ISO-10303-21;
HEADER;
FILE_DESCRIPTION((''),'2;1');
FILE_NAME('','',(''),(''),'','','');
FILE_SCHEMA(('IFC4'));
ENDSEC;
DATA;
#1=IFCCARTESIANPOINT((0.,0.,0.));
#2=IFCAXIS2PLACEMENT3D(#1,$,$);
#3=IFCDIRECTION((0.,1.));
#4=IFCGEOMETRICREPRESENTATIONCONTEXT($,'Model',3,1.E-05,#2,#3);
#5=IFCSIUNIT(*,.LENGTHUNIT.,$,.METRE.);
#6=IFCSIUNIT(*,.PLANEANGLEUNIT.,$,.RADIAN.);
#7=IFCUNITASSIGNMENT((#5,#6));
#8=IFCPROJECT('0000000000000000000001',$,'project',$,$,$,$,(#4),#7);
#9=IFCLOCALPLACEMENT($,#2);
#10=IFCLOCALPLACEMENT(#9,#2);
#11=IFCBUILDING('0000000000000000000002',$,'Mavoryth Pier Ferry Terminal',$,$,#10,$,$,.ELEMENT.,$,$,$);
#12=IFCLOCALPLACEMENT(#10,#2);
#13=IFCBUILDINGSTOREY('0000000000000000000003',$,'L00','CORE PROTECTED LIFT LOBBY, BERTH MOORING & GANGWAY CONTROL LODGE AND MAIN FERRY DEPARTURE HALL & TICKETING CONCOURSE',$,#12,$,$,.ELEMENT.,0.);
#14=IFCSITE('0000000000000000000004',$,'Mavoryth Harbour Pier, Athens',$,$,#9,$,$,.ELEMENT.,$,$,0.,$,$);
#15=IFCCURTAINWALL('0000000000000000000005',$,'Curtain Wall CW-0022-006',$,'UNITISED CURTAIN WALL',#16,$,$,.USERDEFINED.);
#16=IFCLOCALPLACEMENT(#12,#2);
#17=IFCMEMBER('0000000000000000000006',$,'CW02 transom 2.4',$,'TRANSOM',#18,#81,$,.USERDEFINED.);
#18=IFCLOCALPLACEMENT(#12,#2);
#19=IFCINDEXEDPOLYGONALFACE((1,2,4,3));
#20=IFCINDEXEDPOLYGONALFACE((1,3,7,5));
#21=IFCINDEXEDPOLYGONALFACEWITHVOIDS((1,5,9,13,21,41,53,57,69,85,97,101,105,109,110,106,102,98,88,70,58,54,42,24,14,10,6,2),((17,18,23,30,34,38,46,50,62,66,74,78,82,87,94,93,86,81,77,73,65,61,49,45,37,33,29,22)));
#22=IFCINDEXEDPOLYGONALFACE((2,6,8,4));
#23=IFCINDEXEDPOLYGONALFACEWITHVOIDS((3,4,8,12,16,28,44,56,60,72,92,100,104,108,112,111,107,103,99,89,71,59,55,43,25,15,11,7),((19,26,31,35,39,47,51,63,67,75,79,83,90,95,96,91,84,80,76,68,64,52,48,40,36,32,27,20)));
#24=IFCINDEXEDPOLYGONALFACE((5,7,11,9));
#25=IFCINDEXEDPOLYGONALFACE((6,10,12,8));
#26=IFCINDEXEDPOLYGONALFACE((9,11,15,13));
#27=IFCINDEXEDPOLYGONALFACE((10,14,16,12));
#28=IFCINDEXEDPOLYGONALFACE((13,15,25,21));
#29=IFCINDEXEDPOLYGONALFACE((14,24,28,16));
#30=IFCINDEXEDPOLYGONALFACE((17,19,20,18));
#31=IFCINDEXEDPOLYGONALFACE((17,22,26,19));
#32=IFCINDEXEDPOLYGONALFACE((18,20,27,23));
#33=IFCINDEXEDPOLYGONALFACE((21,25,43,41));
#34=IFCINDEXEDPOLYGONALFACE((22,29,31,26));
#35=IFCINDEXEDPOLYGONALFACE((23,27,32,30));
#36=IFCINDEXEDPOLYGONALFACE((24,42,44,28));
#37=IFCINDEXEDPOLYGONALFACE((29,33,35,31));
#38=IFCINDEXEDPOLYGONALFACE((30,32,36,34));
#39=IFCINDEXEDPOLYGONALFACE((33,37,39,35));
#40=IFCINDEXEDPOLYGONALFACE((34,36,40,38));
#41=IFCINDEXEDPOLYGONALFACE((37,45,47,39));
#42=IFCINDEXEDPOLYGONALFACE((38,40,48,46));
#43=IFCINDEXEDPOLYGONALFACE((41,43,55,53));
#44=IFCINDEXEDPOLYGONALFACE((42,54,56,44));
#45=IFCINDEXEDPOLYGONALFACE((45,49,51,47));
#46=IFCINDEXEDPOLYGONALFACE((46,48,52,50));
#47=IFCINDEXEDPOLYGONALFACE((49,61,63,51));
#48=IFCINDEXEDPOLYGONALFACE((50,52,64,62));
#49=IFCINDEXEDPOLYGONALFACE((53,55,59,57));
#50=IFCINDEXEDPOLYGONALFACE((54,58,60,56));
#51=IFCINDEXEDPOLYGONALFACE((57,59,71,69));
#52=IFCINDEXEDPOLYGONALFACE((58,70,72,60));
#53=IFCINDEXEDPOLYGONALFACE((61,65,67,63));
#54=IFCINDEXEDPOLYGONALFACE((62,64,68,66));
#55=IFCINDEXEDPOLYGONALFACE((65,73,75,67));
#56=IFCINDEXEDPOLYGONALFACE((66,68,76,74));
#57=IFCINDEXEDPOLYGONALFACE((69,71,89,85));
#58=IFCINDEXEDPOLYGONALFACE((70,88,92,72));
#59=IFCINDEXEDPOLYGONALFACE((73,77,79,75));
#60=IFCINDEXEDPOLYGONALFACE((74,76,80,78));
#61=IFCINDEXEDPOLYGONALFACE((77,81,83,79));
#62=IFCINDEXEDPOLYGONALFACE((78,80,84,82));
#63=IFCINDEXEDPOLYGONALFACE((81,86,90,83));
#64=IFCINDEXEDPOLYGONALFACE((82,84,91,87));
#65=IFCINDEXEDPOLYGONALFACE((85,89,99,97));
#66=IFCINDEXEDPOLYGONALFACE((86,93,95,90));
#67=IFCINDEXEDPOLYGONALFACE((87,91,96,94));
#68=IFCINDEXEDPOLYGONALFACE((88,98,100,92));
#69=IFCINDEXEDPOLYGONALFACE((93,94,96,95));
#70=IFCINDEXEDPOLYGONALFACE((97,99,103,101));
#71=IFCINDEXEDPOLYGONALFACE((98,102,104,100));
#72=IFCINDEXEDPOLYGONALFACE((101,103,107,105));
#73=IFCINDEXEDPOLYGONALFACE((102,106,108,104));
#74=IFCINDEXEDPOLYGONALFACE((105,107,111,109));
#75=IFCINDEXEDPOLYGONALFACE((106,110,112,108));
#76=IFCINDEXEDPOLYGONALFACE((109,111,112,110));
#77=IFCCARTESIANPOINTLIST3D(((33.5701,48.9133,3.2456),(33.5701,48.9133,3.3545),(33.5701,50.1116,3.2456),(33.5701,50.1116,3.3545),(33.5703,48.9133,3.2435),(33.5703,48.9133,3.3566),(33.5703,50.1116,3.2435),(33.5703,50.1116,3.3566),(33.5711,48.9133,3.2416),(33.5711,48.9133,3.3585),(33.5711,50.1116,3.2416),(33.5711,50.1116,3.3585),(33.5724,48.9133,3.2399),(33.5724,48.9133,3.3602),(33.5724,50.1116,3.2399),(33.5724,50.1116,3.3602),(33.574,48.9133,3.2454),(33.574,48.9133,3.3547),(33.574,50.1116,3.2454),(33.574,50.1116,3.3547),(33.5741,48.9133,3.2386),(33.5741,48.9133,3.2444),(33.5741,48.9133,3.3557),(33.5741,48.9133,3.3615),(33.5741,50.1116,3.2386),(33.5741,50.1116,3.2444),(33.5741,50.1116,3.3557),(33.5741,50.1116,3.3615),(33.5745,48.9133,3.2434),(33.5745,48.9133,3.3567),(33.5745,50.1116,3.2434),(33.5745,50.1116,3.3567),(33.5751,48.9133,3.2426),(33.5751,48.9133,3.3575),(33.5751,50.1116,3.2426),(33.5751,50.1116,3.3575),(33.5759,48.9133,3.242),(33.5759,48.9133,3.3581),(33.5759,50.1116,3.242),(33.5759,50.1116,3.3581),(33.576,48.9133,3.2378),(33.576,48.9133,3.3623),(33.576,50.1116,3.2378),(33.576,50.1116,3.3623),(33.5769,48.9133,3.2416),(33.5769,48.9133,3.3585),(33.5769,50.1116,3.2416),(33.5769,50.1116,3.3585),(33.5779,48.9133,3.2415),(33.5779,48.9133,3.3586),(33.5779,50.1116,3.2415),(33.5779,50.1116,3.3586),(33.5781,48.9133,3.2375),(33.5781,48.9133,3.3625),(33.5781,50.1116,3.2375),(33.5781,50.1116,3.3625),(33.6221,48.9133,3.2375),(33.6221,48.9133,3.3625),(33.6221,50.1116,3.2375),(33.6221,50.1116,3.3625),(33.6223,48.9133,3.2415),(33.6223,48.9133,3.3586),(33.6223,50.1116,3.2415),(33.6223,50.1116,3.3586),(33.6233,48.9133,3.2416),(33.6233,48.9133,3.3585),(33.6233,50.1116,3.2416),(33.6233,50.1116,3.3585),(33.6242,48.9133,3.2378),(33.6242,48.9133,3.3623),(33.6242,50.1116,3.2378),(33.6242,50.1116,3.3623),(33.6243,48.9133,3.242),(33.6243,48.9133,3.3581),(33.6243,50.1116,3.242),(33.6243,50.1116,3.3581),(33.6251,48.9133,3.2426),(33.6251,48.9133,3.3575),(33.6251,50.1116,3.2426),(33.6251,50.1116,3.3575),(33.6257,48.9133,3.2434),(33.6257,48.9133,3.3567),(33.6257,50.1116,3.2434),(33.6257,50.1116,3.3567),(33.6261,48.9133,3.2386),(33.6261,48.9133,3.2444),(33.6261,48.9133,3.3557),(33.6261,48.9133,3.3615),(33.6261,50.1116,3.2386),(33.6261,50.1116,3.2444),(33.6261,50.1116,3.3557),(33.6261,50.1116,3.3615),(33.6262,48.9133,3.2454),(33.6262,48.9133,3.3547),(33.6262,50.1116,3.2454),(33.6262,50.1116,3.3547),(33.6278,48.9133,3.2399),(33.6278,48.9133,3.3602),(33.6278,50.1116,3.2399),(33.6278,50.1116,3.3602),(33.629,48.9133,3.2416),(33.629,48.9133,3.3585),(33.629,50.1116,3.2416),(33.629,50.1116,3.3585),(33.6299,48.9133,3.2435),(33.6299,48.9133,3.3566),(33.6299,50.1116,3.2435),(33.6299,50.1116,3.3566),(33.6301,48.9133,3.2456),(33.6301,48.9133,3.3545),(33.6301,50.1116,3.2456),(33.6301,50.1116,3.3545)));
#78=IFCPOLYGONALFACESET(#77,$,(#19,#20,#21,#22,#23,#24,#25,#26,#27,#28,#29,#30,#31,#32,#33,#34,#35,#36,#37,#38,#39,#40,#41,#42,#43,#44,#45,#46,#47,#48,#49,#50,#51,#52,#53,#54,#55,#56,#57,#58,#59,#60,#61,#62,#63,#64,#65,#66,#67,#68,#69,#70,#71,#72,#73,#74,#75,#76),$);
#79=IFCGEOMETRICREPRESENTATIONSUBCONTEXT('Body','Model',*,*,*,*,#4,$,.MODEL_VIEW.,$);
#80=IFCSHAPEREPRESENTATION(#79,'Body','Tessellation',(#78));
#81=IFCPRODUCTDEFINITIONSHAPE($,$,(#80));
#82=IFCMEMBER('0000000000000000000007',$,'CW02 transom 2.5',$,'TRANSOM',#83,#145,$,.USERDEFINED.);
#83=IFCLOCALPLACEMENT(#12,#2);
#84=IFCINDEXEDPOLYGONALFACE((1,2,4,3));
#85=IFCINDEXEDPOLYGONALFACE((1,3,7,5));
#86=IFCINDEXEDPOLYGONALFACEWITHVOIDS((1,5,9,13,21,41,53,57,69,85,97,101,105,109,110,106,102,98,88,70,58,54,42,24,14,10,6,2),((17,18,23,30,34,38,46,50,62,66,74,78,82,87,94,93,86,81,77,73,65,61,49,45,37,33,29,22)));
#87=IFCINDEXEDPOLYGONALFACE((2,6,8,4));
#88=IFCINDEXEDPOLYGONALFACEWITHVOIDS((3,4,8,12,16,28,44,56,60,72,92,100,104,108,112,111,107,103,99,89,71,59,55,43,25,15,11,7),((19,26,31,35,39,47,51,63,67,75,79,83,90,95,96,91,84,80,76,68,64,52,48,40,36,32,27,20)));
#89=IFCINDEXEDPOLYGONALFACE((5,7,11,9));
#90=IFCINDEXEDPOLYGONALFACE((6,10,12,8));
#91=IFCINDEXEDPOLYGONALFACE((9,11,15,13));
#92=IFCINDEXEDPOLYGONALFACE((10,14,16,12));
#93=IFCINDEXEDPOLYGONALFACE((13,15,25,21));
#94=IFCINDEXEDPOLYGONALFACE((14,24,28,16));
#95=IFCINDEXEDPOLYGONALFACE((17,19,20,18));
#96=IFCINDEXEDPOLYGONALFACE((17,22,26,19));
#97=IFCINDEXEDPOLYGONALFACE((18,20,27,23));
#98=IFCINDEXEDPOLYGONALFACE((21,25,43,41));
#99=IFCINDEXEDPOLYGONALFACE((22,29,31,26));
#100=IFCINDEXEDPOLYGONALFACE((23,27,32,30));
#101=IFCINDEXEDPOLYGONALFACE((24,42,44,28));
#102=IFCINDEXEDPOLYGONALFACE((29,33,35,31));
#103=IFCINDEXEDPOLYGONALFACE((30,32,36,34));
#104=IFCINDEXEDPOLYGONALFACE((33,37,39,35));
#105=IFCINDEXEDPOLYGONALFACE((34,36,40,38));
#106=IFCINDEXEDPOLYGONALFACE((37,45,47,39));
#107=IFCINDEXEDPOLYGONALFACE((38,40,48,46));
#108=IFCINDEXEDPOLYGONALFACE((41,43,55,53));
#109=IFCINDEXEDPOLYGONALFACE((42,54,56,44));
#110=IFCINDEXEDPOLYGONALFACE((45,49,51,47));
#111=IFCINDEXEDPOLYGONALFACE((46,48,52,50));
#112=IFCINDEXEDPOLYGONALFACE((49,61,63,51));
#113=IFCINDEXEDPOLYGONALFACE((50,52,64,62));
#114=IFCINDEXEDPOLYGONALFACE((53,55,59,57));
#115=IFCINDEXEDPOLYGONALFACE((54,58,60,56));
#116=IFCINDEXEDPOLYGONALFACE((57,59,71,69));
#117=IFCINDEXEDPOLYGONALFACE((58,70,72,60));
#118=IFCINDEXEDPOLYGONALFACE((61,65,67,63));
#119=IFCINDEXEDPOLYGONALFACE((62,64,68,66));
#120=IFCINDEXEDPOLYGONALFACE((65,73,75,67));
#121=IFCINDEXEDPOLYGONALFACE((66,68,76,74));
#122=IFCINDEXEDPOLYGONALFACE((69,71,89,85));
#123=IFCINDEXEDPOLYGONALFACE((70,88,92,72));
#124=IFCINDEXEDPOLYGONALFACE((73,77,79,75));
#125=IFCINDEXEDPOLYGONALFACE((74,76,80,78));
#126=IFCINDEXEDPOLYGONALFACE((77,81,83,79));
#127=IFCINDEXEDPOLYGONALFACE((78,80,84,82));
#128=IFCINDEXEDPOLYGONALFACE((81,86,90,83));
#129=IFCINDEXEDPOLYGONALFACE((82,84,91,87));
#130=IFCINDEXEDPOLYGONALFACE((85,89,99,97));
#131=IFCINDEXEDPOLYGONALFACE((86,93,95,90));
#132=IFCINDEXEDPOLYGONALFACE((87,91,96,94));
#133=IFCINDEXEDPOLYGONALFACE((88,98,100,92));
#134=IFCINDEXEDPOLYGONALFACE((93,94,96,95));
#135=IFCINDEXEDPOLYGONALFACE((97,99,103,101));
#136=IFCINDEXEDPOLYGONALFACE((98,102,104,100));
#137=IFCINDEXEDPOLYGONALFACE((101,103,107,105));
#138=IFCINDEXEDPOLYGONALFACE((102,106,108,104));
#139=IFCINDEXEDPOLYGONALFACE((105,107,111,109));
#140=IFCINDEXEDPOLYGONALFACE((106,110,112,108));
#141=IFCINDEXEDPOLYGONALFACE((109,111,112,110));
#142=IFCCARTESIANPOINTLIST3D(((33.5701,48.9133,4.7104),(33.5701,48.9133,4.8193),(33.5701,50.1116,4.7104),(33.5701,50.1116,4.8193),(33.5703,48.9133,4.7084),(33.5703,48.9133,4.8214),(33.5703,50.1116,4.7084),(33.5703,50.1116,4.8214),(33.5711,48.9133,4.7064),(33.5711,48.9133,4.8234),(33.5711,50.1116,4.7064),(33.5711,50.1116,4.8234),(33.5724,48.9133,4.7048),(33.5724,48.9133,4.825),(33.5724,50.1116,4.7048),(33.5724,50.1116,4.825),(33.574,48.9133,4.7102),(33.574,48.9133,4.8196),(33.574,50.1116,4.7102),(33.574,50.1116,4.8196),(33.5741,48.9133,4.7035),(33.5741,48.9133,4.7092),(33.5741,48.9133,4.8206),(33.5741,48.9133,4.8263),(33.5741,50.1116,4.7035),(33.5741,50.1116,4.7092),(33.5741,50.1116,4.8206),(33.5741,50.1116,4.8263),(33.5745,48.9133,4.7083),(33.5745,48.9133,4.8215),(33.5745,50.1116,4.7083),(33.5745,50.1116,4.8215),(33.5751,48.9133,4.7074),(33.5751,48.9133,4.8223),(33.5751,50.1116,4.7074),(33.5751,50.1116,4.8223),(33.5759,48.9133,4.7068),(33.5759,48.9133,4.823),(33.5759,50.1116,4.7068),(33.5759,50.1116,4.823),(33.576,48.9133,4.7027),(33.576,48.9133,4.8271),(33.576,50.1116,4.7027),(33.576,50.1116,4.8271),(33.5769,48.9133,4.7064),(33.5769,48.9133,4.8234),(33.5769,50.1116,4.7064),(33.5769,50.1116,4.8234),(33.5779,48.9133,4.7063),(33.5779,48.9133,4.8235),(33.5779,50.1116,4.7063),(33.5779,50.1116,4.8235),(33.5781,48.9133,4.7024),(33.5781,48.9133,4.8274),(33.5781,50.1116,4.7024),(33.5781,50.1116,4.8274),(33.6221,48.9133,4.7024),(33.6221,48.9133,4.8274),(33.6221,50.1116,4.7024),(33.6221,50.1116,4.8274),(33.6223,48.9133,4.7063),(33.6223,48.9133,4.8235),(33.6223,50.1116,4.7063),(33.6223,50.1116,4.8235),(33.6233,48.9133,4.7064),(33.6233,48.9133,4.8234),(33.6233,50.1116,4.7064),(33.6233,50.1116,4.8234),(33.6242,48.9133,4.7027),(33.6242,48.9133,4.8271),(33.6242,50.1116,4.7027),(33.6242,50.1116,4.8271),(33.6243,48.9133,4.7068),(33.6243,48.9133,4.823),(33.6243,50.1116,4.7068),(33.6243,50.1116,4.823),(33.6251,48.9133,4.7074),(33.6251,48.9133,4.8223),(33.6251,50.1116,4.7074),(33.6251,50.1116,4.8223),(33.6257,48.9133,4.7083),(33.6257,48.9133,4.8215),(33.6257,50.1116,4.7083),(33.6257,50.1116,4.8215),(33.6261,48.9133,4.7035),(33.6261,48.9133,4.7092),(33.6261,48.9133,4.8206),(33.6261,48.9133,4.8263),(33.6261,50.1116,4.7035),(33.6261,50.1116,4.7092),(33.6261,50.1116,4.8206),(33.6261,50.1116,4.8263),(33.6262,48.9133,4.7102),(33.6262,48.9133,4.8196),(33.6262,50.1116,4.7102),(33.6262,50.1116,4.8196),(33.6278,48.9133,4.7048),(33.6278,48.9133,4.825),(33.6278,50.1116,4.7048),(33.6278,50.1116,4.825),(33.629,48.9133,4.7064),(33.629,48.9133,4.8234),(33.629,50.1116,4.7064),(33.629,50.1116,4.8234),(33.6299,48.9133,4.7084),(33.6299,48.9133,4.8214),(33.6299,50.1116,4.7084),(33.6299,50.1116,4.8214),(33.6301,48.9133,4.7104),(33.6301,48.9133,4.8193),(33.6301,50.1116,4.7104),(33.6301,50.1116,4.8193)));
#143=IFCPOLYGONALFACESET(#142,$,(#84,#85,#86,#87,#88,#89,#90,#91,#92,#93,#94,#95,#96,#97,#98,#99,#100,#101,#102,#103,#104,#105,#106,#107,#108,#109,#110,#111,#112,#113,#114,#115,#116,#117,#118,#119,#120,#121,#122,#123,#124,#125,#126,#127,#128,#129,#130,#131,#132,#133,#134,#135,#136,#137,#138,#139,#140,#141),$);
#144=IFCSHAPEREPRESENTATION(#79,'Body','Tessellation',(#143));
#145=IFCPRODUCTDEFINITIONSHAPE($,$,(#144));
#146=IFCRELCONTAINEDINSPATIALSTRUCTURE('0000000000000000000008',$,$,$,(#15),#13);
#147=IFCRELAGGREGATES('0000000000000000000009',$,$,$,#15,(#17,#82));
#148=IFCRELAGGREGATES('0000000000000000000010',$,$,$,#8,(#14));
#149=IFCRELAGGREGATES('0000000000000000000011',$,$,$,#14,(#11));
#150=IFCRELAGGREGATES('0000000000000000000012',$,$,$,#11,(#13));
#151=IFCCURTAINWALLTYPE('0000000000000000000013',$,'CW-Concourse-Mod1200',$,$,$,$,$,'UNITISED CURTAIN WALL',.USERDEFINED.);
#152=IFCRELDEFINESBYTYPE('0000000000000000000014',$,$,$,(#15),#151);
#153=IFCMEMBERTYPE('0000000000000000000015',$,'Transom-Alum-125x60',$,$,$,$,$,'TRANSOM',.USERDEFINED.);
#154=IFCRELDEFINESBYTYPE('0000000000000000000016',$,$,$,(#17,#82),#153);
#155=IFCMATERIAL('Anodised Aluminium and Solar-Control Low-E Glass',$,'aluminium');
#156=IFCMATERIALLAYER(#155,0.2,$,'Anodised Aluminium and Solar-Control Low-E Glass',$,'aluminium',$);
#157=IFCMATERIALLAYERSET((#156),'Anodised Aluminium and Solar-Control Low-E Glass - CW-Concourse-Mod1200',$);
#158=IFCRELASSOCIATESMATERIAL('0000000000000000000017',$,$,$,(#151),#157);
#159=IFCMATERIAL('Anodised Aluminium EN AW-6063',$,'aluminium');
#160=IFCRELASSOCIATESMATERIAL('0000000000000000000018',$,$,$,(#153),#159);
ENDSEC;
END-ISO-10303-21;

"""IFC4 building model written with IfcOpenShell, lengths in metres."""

from ifc_helpers import new_model, si_unit, direction, frame, origin, origin_2d, place, context, subcontext, project, spatial, hollow_rectangle, extrude, material, layer, layer_set, material_profile, profile_set, type_object, element, aggregate, save


model = new_model("IFC4")

# Units and contexts
model_context = context("Model", 3, precision=1e-05, world=origin(), true_north=direction((0.0, 1.0)))
body_context = subcontext(model_context, "Body", "Model", "MODEL_VIEW")
ifc_project = project(units=[si_unit("LENGTHUNIT", "METRE"), si_unit("PLANEANGLEUNIT", "RADIAN")], contexts=[model_context])

# Site, building, storey
site_placement = place(None, origin())
site = spatial("IfcSite", under=ifc_project, at=site_placement, Name="Mavoryth Harbour Pier, Athens", CompositionType="ELEMENT", RefElevation=0.0)
building_placement = place(site_placement, origin())
building = spatial("IfcBuilding", under=site, at=building_placement, Name="Mavoryth Pier Ferry Terminal", CompositionType="ELEMENT")
storey_placement = place(building_placement, origin())
storey = spatial("IfcBuildingStorey", under=building, at=storey_placement, Name="L00", Description="CORE PROTECTED LIFT LOBBY, BERTH MOORING & GANGWAY CONTROL LODGE AND MAIN FERRY DEPARTURE HALL & TICKETING CONCOURSE", CompositionType="ELEMENT", Elevation=0.0)

# Curtain wall, members
ifc_material_1 = material(Name="Anodised Aluminium and Solar-Control Low-E Glass", Category="aluminium")
ifc_layer_1 = layer(ifc_material_1, 0.2, Name="Anodised Aluminium and Solar-Control Low-E Glass", Category="aluminium")
ifc_layer_set_1 = layer_set([ifc_layer_1], Name="Anodised Aluminium and Solar-Control Low-E Glass - CW-Concourse-Mod1200")
curtain_wall_type = type_object("IfcCurtainWallType", Name="CW-Concourse-Mod1200", ElementType="UNITISED CURTAIN WALL", PredefinedType="USERDEFINED", material=ifc_layer_set_1)
curtain_wall_placement = place(storey_placement, origin())
curtain_wall = element("IfcCurtainWall", 1, at=curtain_wall_placement, inside=storey, type_object=curtain_wall_type, Name="Curtain Wall CW-0022-006", ObjectType="UNITISED CURTAIN WALL", PredefinedType="USERDEFINED")
ifc_material_2 = material(Name="Anodised Aluminium EN AW-6063", Category="aluminium")
ifc_material_profile_1 = material_profile(ifc_material_2, hollow_rectangle(XDim=0.0601, YDim=0.125, WallThickness=0.0039, InnerFilletRadius=0.0039, OuterFilletRadius=0.0081, at=origin_2d()), Name="AL-TRAN 125x60x4", Category="aluminium")
ifc_profile_set_1 = profile_set([ifc_material_profile_1], Name="Anodised Aluminium EN AW-6063 - AL-TRAN 125x60x4")
member_type_1 = type_object("IfcMemberType", Name="Transom-Alum-125x60", ElementType="TRANSOM", PredefinedType="USERDEFINED", material=ifc_profile_set_1)
member_1_placement = place(storey_placement, frame((33.6001, 48.9133, 3.3), z_axis=(0.0, 1.0, 0.0), x_axis=(-1.0, 0.0, 0.0)))
member_1 = element("IfcMember", 2, at=member_1_placement, type_object=member_type_1, Name="CW02 transom 2.4", ObjectType="TRANSOM", PredefinedType="USERDEFINED", context=body_context, shape_type="SweptSolid", body=[
    extrude(hollow_rectangle(XDim=0.0601, YDim=0.125, WallThickness=0.0039, InnerFilletRadius=0.0039, OuterFilletRadius=0.0081, at=origin_2d()), origin(), (0.0, 0.0, 1.0), 1.1982),
])
member_2_placement = place(storey_placement, frame((33.6001, 48.9133, 4.7649), z_axis=(0.0, 1.0, 0.0), x_axis=(-1.0, 0.0, 0.0)))
member_2 = element("IfcMember", 3, at=member_2_placement, type_object=member_type_1, Name="CW02 transom 2.5", ObjectType="TRANSOM", PredefinedType="USERDEFINED", context=body_context, shape_type="SweptSolid", body=[
    extrude(hollow_rectangle(XDim=0.0601, YDim=0.125, WallThickness=0.0039, InnerFilletRadius=0.0039, OuterFilletRadius=0.0081, at=origin_2d()), origin(), (0.0, 0.0, 1.0), 1.1982),
])
aggregate(curtain_wall, [member_1, member_2])

save(model, "model.ifc")
